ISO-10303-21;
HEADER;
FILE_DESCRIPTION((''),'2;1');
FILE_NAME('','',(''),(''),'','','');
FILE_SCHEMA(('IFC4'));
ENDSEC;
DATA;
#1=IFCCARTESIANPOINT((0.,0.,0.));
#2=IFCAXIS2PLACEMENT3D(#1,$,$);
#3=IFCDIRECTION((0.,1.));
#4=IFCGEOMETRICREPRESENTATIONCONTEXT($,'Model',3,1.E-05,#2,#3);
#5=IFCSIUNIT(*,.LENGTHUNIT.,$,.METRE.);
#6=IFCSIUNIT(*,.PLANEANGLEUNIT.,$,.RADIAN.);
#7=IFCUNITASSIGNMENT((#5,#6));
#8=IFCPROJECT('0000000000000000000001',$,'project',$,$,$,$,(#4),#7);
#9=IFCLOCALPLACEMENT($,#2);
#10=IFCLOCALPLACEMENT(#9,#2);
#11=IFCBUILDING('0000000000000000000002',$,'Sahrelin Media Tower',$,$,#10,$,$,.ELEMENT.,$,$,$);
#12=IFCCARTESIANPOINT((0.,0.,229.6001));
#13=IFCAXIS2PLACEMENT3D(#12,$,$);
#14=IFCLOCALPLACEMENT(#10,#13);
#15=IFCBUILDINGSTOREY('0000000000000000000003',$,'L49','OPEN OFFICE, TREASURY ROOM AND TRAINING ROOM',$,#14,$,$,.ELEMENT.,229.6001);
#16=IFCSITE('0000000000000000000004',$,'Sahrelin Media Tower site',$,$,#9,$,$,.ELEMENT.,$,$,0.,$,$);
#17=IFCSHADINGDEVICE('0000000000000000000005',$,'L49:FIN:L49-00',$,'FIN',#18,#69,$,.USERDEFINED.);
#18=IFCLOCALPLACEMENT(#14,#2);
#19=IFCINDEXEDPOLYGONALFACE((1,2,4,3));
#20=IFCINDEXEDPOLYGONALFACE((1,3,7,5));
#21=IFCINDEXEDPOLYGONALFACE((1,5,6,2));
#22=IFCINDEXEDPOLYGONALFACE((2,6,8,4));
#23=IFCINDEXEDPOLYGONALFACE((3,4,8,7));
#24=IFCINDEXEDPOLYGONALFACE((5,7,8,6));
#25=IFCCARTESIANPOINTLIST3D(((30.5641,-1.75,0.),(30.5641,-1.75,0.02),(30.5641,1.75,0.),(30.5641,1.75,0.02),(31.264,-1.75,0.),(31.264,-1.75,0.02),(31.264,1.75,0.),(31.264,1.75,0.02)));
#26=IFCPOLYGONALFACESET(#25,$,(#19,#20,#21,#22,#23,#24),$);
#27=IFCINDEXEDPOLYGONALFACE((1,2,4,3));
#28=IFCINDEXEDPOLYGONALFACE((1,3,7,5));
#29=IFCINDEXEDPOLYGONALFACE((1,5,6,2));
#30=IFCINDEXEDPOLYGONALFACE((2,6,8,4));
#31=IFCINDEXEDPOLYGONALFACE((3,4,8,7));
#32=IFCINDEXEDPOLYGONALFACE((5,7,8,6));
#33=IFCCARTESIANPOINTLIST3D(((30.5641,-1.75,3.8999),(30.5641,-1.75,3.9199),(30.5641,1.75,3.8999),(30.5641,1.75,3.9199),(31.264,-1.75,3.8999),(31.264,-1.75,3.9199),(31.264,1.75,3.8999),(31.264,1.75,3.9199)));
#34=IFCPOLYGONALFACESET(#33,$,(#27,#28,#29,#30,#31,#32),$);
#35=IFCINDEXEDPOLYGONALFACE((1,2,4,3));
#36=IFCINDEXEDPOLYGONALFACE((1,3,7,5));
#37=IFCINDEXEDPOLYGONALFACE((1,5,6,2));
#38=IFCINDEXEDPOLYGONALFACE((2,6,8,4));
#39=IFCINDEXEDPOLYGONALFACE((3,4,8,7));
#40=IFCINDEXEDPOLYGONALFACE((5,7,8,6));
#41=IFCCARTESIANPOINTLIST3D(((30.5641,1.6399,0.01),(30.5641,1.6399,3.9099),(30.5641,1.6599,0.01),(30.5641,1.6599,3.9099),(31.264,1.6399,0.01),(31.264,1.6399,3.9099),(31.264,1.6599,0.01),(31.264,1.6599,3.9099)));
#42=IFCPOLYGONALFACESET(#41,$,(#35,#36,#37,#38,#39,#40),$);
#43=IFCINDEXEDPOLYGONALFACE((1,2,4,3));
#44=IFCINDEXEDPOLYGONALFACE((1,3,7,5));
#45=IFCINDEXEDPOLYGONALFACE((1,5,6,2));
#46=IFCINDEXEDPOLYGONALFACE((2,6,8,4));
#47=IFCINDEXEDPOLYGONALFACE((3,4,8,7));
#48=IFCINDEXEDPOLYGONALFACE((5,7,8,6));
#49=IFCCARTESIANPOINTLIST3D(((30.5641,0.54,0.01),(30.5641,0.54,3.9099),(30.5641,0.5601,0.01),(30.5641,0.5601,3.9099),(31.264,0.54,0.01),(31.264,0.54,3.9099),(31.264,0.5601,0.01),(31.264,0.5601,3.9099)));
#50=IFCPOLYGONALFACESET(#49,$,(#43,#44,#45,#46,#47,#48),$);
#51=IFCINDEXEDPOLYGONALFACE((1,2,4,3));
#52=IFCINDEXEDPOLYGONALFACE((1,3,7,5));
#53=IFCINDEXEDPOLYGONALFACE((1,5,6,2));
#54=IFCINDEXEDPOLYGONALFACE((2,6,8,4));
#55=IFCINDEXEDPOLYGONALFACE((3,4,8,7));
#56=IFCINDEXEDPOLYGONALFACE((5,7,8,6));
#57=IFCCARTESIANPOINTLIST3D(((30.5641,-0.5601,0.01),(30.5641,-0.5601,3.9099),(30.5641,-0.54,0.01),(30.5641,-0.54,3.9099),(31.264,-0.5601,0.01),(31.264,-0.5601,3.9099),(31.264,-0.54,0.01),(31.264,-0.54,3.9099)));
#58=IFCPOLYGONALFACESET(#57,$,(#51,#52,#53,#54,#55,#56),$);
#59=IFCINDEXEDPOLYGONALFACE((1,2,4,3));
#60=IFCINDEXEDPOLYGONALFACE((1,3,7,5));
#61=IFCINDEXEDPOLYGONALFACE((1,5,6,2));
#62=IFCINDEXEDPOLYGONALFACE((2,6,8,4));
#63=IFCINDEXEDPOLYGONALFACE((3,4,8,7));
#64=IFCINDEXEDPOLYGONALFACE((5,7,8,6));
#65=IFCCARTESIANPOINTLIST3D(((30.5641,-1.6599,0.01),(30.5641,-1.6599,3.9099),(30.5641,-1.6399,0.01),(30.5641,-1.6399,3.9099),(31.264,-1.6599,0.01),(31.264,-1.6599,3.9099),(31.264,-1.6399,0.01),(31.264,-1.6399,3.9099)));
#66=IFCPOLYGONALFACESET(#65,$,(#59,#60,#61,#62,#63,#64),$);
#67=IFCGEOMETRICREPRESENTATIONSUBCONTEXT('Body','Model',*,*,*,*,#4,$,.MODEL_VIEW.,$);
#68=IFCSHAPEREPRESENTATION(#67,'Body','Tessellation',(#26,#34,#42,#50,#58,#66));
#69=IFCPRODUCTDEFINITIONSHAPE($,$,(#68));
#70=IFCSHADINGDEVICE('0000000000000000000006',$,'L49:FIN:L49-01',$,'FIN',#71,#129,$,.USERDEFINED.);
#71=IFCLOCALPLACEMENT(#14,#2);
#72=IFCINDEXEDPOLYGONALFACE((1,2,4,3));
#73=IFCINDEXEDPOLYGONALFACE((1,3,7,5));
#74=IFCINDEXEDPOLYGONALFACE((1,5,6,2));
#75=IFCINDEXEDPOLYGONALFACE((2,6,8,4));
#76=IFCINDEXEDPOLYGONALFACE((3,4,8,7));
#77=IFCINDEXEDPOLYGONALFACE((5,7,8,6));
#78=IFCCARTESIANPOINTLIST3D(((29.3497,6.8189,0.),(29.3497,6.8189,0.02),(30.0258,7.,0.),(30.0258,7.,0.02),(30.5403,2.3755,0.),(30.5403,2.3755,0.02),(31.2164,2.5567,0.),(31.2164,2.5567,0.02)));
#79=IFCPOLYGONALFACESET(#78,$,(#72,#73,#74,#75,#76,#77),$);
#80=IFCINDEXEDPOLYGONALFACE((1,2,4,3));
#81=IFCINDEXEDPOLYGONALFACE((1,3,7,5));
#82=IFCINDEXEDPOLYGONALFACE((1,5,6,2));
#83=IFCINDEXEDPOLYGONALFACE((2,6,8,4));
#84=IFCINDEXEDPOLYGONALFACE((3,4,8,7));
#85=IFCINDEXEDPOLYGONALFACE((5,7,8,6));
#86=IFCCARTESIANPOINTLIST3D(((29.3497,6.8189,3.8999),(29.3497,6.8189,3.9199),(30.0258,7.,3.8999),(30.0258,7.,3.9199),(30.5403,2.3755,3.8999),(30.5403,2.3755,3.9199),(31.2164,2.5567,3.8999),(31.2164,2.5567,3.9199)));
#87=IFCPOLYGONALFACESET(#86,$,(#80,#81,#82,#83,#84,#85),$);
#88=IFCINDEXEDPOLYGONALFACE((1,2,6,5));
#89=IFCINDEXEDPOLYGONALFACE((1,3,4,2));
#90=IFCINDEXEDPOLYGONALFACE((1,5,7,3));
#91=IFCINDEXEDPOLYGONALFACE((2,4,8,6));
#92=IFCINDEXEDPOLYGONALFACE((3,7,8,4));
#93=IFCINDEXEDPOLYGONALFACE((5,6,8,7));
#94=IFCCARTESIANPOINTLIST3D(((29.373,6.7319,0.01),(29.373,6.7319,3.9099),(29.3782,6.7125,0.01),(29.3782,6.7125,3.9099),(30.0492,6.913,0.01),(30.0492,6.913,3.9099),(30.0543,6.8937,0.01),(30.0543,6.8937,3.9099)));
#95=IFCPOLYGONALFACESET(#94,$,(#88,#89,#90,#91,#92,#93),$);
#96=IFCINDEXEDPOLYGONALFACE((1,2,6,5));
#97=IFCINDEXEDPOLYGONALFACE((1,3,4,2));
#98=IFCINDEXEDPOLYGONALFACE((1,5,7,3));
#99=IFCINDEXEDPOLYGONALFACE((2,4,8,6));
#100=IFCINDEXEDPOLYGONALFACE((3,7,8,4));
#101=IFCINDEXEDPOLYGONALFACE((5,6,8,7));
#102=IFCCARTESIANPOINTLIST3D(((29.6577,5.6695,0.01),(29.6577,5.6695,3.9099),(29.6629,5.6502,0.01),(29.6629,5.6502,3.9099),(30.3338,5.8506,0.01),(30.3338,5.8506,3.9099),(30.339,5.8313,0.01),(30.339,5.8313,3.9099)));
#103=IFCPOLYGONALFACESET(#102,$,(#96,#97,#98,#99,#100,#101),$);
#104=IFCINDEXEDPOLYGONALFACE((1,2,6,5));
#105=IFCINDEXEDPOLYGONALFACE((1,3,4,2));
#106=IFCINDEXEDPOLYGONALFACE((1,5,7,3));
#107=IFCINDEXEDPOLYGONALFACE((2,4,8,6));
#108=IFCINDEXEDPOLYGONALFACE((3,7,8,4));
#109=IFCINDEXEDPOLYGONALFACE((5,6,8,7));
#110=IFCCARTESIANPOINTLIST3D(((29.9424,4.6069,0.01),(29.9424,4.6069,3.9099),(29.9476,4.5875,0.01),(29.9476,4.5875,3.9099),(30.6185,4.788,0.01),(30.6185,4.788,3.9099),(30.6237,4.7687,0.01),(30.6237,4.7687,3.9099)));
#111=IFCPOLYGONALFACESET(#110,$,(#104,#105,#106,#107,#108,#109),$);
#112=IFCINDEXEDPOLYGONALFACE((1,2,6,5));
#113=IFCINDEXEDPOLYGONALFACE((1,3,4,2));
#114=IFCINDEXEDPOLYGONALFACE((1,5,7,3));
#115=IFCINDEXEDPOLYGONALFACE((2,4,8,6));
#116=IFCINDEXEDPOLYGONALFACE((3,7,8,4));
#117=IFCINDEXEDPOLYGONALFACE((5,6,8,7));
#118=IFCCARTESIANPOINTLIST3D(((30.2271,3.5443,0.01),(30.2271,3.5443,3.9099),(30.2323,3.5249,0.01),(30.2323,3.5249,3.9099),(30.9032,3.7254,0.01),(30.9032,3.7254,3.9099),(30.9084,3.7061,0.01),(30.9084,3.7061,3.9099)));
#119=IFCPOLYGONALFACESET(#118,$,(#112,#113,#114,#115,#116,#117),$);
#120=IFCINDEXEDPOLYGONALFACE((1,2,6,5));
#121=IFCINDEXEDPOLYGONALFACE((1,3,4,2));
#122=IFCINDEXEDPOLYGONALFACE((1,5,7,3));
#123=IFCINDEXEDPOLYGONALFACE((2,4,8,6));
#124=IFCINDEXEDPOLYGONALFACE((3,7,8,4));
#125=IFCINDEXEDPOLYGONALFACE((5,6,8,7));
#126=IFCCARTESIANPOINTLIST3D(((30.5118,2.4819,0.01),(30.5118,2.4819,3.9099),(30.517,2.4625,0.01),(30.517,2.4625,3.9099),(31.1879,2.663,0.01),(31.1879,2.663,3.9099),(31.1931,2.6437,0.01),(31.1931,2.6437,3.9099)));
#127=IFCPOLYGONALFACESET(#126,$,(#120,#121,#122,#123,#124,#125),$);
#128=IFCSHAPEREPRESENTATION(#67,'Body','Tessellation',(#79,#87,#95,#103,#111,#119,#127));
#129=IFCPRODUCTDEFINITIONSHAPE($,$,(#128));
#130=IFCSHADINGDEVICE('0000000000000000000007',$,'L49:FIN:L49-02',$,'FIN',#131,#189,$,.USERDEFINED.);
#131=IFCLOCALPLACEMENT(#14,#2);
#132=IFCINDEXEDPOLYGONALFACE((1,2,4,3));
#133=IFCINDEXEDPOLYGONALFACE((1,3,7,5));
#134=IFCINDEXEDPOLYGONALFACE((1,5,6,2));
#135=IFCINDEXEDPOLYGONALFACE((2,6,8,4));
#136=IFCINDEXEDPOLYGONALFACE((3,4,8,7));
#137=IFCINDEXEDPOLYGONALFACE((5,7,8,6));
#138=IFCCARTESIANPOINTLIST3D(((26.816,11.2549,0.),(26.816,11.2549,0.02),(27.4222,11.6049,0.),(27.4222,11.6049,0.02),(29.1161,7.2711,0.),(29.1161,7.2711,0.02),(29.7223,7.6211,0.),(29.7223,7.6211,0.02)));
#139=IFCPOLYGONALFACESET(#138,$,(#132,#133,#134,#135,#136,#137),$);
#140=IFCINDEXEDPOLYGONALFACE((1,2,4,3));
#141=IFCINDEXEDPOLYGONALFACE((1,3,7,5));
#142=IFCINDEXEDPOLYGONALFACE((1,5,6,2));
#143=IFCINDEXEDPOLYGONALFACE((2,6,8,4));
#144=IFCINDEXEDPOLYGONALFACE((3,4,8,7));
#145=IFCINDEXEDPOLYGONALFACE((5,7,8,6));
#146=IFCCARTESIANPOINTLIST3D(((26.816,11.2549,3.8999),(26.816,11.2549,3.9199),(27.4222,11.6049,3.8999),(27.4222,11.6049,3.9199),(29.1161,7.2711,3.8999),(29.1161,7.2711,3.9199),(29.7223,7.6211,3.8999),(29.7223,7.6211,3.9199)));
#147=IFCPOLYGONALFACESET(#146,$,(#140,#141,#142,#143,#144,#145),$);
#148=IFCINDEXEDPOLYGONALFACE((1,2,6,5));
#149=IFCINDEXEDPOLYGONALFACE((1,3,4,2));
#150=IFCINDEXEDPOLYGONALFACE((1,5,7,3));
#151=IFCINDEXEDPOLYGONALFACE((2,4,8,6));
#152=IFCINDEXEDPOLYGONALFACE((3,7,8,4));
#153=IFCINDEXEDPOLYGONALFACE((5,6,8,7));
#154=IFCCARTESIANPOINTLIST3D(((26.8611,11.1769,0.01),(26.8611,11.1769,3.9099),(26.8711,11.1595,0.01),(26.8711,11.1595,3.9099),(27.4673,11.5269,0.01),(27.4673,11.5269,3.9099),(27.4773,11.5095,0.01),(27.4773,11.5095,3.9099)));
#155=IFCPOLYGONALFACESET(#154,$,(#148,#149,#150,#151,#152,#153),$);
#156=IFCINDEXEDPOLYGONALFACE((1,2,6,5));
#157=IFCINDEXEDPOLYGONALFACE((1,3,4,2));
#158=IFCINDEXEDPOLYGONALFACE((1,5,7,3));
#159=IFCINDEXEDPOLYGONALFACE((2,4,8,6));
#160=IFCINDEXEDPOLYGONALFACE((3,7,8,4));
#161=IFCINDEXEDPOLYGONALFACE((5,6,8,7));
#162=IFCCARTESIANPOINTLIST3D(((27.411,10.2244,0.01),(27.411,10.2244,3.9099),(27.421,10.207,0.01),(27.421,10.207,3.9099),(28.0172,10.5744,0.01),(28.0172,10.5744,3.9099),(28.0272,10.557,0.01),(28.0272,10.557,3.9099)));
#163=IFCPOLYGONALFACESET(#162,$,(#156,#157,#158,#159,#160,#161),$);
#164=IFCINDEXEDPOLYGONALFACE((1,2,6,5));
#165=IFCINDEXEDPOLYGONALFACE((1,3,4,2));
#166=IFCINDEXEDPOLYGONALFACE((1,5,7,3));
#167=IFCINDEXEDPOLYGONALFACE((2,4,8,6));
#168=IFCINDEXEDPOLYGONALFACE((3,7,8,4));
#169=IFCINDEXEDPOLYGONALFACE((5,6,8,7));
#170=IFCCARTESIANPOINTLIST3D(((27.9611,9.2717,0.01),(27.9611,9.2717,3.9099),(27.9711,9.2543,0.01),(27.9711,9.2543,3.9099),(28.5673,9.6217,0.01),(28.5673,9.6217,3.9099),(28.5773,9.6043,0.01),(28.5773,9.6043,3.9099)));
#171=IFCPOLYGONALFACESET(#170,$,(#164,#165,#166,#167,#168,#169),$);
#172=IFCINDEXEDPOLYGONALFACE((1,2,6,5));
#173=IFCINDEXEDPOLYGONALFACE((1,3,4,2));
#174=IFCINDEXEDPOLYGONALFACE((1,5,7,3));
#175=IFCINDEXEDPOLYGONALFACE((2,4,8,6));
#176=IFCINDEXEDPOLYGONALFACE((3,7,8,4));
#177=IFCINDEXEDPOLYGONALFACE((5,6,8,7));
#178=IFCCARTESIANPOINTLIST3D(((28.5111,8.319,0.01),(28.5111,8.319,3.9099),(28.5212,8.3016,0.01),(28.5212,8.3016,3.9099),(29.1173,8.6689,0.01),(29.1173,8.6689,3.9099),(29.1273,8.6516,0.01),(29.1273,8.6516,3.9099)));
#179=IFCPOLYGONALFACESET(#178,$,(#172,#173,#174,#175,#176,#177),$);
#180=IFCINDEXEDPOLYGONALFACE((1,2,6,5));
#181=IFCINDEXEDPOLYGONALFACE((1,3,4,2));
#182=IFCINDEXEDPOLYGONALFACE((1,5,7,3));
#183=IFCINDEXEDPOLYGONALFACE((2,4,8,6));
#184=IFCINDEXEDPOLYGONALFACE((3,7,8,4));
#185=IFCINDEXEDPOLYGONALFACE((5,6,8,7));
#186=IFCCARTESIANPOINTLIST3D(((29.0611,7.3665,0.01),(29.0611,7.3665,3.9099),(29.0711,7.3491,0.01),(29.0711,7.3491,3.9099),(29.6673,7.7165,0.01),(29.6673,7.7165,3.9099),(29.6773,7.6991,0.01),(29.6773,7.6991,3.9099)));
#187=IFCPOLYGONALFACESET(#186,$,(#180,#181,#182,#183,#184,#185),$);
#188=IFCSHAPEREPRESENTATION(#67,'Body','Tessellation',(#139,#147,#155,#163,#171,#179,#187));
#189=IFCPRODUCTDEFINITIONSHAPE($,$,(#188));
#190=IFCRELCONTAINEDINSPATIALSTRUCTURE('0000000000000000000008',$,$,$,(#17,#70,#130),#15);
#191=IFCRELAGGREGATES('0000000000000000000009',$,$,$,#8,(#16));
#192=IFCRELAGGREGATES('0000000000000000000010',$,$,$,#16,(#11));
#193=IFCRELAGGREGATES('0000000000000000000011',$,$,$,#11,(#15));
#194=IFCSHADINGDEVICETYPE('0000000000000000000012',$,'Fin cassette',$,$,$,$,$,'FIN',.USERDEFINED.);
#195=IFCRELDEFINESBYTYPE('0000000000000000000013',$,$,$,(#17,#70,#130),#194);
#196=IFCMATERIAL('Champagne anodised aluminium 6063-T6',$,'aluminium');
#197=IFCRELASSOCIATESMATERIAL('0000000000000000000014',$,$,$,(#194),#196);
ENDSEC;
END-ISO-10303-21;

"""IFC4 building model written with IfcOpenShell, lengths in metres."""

from ifc_helpers import new_model, si_unit, direction, frame, origin, origin_2d, place, context, subcontext, project, spatial, rectangle, extrude, material, type_object, element, save


model = new_model("IFC4")

# Units and contexts
model_context = context("Model", 3, precision=1e-05, world=origin(), true_north=direction((0.0, 1.0)))
body_context = subcontext(model_context, "Body", "Model", "MODEL_VIEW")
ifc_project = project(units=[si_unit("LENGTHUNIT", "METRE"), si_unit("PLANEANGLEUNIT", "RADIAN")], contexts=[model_context])

# Site, building, storey
site_placement = place(None, origin())
site = spatial("IfcSite", under=ifc_project, at=site_placement, Name="Sahrelin Media Tower site", CompositionType="ELEMENT", RefElevation=0.0)
building_placement = place(site_placement, origin())
building = spatial("IfcBuilding", under=site, at=building_placement, Name="Sahrelin Media Tower", CompositionType="ELEMENT")
storey_placement = place(building_placement, frame((0.0, 0.0, 229.6001)))
storey = spatial("IfcBuildingStorey", under=building, at=storey_placement, Name="L49", Description="OPEN OFFICE, TREASURY ROOM AND TRAINING ROOM", CompositionType="ELEMENT", Elevation=229.6001)

# Shared definitions
ifc_material_1 = material(Name="Champagne anodised aluminium 6063-T6", Category="aluminium")

# Shading devices
shading_device_type_1 = type_object("IfcShadingDeviceType", Name="Fin cassette", ElementType="FIN", PredefinedType="USERDEFINED", material=ifc_material_1)
placement_1 = place(storey_placement, frame((30.4941, 0.0, 0.0), z_axis=(0.0, 0.0, 1.0), x_axis=(0.0, -1.0, 0.0)))
element("IfcShadingDevice", 1, at=placement_1, inside=storey, type_object=shading_device_type_1, Name="L49:FIN:L49-00", ObjectType="FIN", PredefinedType="USERDEFINED", context=body_context, shape_type="SweptSolid", body=[
    extrude(rectangle(XDim=3.5, YDim=0.7, at=origin_2d()), frame((0.0, 0.4199, 0.0)), (0.0, 0.0, 1.0), 0.02),
    extrude(rectangle(XDim=3.5, YDim=0.7, at=origin_2d()), frame((0.0, 0.4199, 3.8999)), (0.0, 0.0, 1.0), 0.02),
    extrude(rectangle(XDim=0.02, YDim=0.7, at=origin_2d()), frame((-1.6499, 0.4199, 0.01), z_axis=(0.0, 0.0, 1.0), x_axis=(1.0, 0.0, 0.0)), (0.0, 0.0, 1.0), 3.8999),
    extrude(rectangle(XDim=0.02, YDim=0.7, at=origin_2d()), frame((-0.55, 0.4199, 0.01), z_axis=(0.0, 0.0, 1.0), x_axis=(1.0, 0.0, 0.0)), (0.0, 0.0, 1.0), 3.8999),
    extrude(rectangle(XDim=0.02, YDim=0.7, at=origin_2d()), frame((0.55, 0.4199, 0.01), z_axis=(0.0, 0.0, 1.0), x_axis=(1.0, 0.0, 0.0)), (0.0, 0.0, 1.0), 3.8999),
    extrude(rectangle(XDim=0.02, YDim=0.7, at=origin_2d()), frame((1.6499, 0.4199, 0.01), z_axis=(0.0, 0.0, 1.0), x_axis=(1.0, 0.0, 0.0)), (0.0, 0.0, 1.0), 3.8999),
])
placement_2 = place(storey_placement, frame((29.8774, 4.5791, 0.0), z_axis=(0.0, 0.0, 1.0), x_axis=(0.258808, -0.965929, 0.0)))
element("IfcShadingDevice", 2, at=placement_2, inside=storey, type_object=shading_device_type_1, Name="L49:FIN:L49-01", ObjectType="FIN", PredefinedType="USERDEFINED", context=body_context, shape_type="SweptSolid", body=[
    extrude(rectangle(XDim=4.6001, YDim=0.7, at=origin_2d()), frame((0.0, 0.4199, 0.0)), (0.0, 0.0, 1.0), 0.02),
    extrude(rectangle(XDim=4.6001, YDim=0.7, at=origin_2d()), frame((0.0, 0.4199, 3.8999)), (0.0, 0.0, 1.0), 0.02),
    extrude(rectangle(XDim=0.02, YDim=0.7, at=origin_2d()), frame((-2.2, 0.4199, 0.01), z_axis=(0.0, 0.0, 1.0), x_axis=(1.0, 0.0, 0.0)), (0.0, 0.0, 1.0), 3.8999),
    extrude(rectangle(XDim=0.02, YDim=0.7, at=origin_2d()), frame((-1.1001, 0.4199, 0.01), z_axis=(0.0, 0.0, 1.0), x_axis=(1.0, 0.0, 0.0)), (0.0, 0.0, 1.0), 3.8999),
    extrude(rectangle(XDim=0.02, YDim=0.7, at=origin_2d()), frame((0.0, 0.4199, 0.01), z_axis=(0.0, 0.0, 1.0), x_axis=(1.0, 0.0, 0.0)), (0.0, 0.0, 1.0), 3.8999),
    extrude(rectangle(XDim=0.02, YDim=0.7, at=origin_2d()), frame((1.1001, 0.4199, 0.01), z_axis=(0.0, 0.0, 1.0), x_axis=(1.0, 0.0, 0.0)), (0.0, 0.0, 1.0), 3.8999),
    extrude(rectangle(XDim=0.02, YDim=0.7, at=origin_2d()), frame((2.2, 0.4199, 0.01), z_axis=(0.0, 0.0, 1.0), x_axis=(1.0, 0.0, 0.0)), (0.0, 0.0, 1.0), 3.8999),
])
placement_3 = place(storey_placement, frame((27.9055, 9.228, 0.0), z_axis=(0.0, 0.0, 1.0), x_axis=(0.500011, -0.866019, 0.0)))
element("IfcShadingDevice", 3, at=placement_3, inside=storey, type_object=shading_device_type_1, Name="L49:FIN:L49-02", ObjectType="FIN", PredefinedType="USERDEFINED", context=body_context, shape_type="SweptSolid", body=[
    extrude(rectangle(XDim=4.6001, YDim=0.7, at=origin_2d()), frame((0.0, 0.4199, 0.0)), (0.0, 0.0, 1.0), 0.02),
    extrude(rectangle(XDim=4.6001, YDim=0.7, at=origin_2d()), frame((0.0, 0.4199, 3.8999)), (0.0, 0.0, 1.0), 0.02),
    extrude(rectangle(XDim=0.02, YDim=0.7, at=origin_2d()), frame((-2.2, 0.4199, 0.01), z_axis=(0.0, 0.0, 1.0), x_axis=(1.0, 0.0, 0.0)), (0.0, 0.0, 1.0), 3.8999),
    extrude(rectangle(XDim=0.02, YDim=0.7, at=origin_2d()), frame((-1.1001, 0.4199, 0.01), z_axis=(0.0, 0.0, 1.0), x_axis=(1.0, 0.0, 0.0)), (0.0, 0.0, 1.0), 3.8999),
    extrude(rectangle(XDim=0.02, YDim=0.7, at=origin_2d()), frame((0.0, 0.4199, 0.01), z_axis=(0.0, 0.0, 1.0), x_axis=(1.0, 0.0, 0.0)), (0.0, 0.0, 1.0), 3.8999),
    extrude(rectangle(XDim=0.02, YDim=0.7, at=origin_2d()), frame((1.1001, 0.4199, 0.01), z_axis=(0.0, 0.0, 1.0), x_axis=(1.0, 0.0, 0.0)), (0.0, 0.0, 1.0), 3.8999),
    extrude(rectangle(XDim=0.02, YDim=0.7, at=origin_2d()), frame((2.2, 0.4199, 0.01), z_axis=(0.0, 0.0, 1.0), x_axis=(1.0, 0.0, 0.0)), (0.0, 0.0, 1.0), 3.8999),
])

save(model, "model.ifc")
